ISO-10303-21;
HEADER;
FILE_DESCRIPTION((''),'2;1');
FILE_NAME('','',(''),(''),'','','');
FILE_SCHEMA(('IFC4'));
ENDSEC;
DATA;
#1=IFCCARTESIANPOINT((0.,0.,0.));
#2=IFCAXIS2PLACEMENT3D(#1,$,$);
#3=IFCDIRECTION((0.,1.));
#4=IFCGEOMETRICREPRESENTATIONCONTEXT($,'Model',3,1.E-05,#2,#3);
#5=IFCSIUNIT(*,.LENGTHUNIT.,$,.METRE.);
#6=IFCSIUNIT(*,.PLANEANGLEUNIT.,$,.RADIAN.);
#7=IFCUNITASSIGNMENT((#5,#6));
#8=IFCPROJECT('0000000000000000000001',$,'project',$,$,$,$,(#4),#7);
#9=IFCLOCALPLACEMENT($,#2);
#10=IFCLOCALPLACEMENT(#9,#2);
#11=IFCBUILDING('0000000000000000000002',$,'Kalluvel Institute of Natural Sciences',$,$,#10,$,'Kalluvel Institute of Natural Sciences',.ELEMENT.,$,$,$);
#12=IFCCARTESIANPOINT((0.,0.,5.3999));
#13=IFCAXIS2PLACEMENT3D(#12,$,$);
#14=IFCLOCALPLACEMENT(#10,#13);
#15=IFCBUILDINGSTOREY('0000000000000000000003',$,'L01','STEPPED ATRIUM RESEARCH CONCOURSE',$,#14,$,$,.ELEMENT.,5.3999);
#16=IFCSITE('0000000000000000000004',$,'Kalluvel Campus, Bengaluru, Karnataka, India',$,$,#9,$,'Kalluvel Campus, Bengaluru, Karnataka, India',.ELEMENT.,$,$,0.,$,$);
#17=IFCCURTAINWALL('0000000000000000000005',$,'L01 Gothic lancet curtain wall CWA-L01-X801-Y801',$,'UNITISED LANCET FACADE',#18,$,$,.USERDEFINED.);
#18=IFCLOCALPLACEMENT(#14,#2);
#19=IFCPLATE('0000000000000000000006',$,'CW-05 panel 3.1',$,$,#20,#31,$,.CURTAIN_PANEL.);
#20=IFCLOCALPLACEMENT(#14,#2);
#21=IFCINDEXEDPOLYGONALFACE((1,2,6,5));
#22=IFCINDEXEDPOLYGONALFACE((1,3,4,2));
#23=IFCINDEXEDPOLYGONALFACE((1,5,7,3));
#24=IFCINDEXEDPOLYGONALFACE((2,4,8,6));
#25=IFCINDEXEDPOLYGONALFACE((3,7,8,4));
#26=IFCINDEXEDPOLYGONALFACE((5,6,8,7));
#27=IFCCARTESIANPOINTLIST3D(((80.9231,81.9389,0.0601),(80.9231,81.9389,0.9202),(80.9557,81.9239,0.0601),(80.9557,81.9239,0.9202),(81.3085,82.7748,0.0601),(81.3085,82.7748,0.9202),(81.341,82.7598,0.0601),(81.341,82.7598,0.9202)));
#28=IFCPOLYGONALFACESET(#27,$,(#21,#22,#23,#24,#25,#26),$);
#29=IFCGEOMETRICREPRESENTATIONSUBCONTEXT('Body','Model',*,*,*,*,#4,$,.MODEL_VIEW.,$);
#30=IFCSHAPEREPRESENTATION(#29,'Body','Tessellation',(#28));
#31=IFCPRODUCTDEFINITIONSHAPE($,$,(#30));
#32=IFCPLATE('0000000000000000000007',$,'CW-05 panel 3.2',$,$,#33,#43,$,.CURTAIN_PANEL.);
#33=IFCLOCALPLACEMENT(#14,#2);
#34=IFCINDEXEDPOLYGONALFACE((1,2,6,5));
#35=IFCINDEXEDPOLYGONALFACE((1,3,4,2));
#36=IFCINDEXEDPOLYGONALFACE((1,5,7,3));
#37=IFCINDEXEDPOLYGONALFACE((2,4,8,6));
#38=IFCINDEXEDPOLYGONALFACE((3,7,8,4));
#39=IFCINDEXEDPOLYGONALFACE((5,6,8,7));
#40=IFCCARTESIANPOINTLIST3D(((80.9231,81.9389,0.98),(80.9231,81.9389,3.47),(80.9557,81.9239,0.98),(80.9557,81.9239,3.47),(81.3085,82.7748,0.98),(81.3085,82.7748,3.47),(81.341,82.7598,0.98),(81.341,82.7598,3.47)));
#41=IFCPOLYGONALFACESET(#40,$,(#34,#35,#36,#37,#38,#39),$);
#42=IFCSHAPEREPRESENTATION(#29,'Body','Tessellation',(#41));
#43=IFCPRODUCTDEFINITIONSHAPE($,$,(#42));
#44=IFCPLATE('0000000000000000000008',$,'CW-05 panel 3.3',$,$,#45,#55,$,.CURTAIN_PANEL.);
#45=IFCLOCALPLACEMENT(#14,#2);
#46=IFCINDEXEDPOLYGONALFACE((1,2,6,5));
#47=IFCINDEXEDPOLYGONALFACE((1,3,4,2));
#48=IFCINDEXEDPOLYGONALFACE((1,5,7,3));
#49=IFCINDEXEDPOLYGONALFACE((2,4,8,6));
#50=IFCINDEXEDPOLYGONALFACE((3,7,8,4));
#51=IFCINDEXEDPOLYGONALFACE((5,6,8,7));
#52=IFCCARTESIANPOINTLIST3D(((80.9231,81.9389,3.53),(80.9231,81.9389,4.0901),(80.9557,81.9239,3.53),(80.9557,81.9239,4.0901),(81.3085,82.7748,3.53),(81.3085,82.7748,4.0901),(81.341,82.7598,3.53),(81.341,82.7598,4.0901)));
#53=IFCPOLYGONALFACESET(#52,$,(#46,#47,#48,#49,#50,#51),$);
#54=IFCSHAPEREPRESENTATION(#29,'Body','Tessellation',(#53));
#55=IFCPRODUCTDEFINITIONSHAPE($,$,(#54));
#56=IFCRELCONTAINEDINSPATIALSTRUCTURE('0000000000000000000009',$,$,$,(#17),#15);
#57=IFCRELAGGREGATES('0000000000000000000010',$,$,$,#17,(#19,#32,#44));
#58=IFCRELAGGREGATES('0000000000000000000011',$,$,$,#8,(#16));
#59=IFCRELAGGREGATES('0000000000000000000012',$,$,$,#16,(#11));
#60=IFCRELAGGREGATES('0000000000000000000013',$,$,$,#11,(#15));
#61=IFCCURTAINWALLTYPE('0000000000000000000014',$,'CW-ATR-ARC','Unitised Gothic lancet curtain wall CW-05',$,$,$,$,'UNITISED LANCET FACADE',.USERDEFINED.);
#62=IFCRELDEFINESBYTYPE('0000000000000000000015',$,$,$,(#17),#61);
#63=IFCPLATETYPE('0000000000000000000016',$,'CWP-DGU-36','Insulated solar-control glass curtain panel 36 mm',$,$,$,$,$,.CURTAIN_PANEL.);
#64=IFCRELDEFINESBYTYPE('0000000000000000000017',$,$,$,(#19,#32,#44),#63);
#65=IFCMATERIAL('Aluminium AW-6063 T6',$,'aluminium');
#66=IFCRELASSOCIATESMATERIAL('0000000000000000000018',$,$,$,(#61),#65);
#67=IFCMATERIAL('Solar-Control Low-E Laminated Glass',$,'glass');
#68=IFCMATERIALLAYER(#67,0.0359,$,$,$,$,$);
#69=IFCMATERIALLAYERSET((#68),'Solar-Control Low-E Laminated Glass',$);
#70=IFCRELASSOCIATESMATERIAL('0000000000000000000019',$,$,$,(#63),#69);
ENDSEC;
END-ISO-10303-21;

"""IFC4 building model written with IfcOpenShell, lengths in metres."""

from ifc_helpers import new_model, si_unit, direction, frame, origin, origin_2d, place, context, subcontext, project, spatial, rectangle, extrude, material, layer, layer_set, type_object, element, aggregate, save


model = new_model("IFC4")

# Units and contexts
model_context = context("Model", 3, precision=1e-05, world=origin(), true_north=direction((0.0, 1.0)))
body_context = subcontext(model_context, "Body", "Model", "MODEL_VIEW")
ifc_project = project(units=[si_unit("LENGTHUNIT", "METRE"), si_unit("PLANEANGLEUNIT", "RADIAN")], contexts=[model_context])

# Site, building, storey
site_placement = place(None, origin())
site = spatial("IfcSite", under=ifc_project, at=site_placement, Name="Kalluvel Campus, Bengaluru, Karnataka, India", LongName="Kalluvel Campus, Bengaluru, Karnataka, India", CompositionType="ELEMENT", RefElevation=0.0)
building_placement = place(site_placement, origin())
building = spatial("IfcBuilding", under=site, at=building_placement, Name="Kalluvel Institute of Natural Sciences", LongName="Kalluvel Institute of Natural Sciences", CompositionType="ELEMENT")
storey_placement = place(building_placement, frame((0.0, 0.0, 5.3999)))
storey = spatial("IfcBuildingStorey", under=building, at=storey_placement, Name="L01", Description="STEPPED ATRIUM RESEARCH CONCOURSE", CompositionType="ELEMENT", Elevation=5.3999)

# Curtain wall, plates
ifc_material_1 = material(Name="Aluminium AW-6063 T6", Category="aluminium")
curtain_wall_type = type_object("IfcCurtainWallType", Name="CW-ATR-ARC", Description="Unitised Gothic lancet curtain wall CW-05", ElementType="UNITISED LANCET FACADE", PredefinedType="USERDEFINED", material=ifc_material_1)
curtain_wall_placement = place(storey_placement, origin())
curtain_wall = element("IfcCurtainWall", 1, at=curtain_wall_placement, inside=storey, type_object=curtain_wall_type, Name="L01 Gothic lancet curtain wall CWA-L01-X801-Y801", ObjectType="UNITISED LANCET FACADE", PredefinedType="USERDEFINED")
ifc_material_2 = material(Name="Solar-Control Low-E Laminated Glass", Category="glass")
ifc_layer = layer(ifc_material_2, 0.0359)
ifc_layer_set = layer_set([ifc_layer], Name="Solar-Control Low-E Laminated Glass")
plate_type = type_object("IfcPlateType", Name="CWP-DGU-36", Description="Insulated solar-control glass curtain panel 36 mm", PredefinedType="CURTAIN_PANEL", material=ifc_layer_set)
plate_1_placement = place(storey_placement, frame((81.1321, 82.3494, 0.0601), z_axis=(0.0, 0.0, 1.0), x_axis=(0.418657, 0.908144, 0.0)))
plate_1 = element("IfcPlate", 2, at=plate_1_placement, type_object=plate_type, Name="CW-05 panel 3.1", PredefinedType="CURTAIN_PANEL", context=body_context, shape_type="SweptSolid", body=[
    extrude(rectangle(XDim=0.9204, YDim=0.0359, at=origin_2d()), origin(), (0.0, 0.0, 1.0), 0.8601),
])
plate_2_placement = place(storey_placement, frame((81.1321, 82.3494, 0.98), z_axis=(0.0, 0.0, 1.0), x_axis=(0.418657, 0.908144, 0.0)))
plate_2 = element("IfcPlate", 3, at=plate_2_placement, type_object=plate_type, Name="CW-05 panel 3.2", PredefinedType="CURTAIN_PANEL", context=body_context, shape_type="SweptSolid", body=[
    extrude(rectangle(XDim=0.9204, YDim=0.0359, at=origin_2d()), origin(), (0.0, 0.0, 1.0), 2.49),
])
plate_3_placement = place(storey_placement, frame((81.1321, 82.3494, 3.53), z_axis=(0.0, 0.0, 1.0), x_axis=(0.418657, 0.908144, 0.0)))
plate_3 = element("IfcPlate", 4, at=plate_3_placement, type_object=plate_type, Name="CW-05 panel 3.3", PredefinedType="CURTAIN_PANEL", context=body_context, shape_type="SweptSolid", body=[
    extrude(rectangle(XDim=0.9204, YDim=0.0359, at=origin_2d()), origin(), (0.0, 0.0, 1.0), 0.5601),
])
aggregate(curtain_wall, [plate_1, plate_2, plate_3])

save(model, "model.ifc")
